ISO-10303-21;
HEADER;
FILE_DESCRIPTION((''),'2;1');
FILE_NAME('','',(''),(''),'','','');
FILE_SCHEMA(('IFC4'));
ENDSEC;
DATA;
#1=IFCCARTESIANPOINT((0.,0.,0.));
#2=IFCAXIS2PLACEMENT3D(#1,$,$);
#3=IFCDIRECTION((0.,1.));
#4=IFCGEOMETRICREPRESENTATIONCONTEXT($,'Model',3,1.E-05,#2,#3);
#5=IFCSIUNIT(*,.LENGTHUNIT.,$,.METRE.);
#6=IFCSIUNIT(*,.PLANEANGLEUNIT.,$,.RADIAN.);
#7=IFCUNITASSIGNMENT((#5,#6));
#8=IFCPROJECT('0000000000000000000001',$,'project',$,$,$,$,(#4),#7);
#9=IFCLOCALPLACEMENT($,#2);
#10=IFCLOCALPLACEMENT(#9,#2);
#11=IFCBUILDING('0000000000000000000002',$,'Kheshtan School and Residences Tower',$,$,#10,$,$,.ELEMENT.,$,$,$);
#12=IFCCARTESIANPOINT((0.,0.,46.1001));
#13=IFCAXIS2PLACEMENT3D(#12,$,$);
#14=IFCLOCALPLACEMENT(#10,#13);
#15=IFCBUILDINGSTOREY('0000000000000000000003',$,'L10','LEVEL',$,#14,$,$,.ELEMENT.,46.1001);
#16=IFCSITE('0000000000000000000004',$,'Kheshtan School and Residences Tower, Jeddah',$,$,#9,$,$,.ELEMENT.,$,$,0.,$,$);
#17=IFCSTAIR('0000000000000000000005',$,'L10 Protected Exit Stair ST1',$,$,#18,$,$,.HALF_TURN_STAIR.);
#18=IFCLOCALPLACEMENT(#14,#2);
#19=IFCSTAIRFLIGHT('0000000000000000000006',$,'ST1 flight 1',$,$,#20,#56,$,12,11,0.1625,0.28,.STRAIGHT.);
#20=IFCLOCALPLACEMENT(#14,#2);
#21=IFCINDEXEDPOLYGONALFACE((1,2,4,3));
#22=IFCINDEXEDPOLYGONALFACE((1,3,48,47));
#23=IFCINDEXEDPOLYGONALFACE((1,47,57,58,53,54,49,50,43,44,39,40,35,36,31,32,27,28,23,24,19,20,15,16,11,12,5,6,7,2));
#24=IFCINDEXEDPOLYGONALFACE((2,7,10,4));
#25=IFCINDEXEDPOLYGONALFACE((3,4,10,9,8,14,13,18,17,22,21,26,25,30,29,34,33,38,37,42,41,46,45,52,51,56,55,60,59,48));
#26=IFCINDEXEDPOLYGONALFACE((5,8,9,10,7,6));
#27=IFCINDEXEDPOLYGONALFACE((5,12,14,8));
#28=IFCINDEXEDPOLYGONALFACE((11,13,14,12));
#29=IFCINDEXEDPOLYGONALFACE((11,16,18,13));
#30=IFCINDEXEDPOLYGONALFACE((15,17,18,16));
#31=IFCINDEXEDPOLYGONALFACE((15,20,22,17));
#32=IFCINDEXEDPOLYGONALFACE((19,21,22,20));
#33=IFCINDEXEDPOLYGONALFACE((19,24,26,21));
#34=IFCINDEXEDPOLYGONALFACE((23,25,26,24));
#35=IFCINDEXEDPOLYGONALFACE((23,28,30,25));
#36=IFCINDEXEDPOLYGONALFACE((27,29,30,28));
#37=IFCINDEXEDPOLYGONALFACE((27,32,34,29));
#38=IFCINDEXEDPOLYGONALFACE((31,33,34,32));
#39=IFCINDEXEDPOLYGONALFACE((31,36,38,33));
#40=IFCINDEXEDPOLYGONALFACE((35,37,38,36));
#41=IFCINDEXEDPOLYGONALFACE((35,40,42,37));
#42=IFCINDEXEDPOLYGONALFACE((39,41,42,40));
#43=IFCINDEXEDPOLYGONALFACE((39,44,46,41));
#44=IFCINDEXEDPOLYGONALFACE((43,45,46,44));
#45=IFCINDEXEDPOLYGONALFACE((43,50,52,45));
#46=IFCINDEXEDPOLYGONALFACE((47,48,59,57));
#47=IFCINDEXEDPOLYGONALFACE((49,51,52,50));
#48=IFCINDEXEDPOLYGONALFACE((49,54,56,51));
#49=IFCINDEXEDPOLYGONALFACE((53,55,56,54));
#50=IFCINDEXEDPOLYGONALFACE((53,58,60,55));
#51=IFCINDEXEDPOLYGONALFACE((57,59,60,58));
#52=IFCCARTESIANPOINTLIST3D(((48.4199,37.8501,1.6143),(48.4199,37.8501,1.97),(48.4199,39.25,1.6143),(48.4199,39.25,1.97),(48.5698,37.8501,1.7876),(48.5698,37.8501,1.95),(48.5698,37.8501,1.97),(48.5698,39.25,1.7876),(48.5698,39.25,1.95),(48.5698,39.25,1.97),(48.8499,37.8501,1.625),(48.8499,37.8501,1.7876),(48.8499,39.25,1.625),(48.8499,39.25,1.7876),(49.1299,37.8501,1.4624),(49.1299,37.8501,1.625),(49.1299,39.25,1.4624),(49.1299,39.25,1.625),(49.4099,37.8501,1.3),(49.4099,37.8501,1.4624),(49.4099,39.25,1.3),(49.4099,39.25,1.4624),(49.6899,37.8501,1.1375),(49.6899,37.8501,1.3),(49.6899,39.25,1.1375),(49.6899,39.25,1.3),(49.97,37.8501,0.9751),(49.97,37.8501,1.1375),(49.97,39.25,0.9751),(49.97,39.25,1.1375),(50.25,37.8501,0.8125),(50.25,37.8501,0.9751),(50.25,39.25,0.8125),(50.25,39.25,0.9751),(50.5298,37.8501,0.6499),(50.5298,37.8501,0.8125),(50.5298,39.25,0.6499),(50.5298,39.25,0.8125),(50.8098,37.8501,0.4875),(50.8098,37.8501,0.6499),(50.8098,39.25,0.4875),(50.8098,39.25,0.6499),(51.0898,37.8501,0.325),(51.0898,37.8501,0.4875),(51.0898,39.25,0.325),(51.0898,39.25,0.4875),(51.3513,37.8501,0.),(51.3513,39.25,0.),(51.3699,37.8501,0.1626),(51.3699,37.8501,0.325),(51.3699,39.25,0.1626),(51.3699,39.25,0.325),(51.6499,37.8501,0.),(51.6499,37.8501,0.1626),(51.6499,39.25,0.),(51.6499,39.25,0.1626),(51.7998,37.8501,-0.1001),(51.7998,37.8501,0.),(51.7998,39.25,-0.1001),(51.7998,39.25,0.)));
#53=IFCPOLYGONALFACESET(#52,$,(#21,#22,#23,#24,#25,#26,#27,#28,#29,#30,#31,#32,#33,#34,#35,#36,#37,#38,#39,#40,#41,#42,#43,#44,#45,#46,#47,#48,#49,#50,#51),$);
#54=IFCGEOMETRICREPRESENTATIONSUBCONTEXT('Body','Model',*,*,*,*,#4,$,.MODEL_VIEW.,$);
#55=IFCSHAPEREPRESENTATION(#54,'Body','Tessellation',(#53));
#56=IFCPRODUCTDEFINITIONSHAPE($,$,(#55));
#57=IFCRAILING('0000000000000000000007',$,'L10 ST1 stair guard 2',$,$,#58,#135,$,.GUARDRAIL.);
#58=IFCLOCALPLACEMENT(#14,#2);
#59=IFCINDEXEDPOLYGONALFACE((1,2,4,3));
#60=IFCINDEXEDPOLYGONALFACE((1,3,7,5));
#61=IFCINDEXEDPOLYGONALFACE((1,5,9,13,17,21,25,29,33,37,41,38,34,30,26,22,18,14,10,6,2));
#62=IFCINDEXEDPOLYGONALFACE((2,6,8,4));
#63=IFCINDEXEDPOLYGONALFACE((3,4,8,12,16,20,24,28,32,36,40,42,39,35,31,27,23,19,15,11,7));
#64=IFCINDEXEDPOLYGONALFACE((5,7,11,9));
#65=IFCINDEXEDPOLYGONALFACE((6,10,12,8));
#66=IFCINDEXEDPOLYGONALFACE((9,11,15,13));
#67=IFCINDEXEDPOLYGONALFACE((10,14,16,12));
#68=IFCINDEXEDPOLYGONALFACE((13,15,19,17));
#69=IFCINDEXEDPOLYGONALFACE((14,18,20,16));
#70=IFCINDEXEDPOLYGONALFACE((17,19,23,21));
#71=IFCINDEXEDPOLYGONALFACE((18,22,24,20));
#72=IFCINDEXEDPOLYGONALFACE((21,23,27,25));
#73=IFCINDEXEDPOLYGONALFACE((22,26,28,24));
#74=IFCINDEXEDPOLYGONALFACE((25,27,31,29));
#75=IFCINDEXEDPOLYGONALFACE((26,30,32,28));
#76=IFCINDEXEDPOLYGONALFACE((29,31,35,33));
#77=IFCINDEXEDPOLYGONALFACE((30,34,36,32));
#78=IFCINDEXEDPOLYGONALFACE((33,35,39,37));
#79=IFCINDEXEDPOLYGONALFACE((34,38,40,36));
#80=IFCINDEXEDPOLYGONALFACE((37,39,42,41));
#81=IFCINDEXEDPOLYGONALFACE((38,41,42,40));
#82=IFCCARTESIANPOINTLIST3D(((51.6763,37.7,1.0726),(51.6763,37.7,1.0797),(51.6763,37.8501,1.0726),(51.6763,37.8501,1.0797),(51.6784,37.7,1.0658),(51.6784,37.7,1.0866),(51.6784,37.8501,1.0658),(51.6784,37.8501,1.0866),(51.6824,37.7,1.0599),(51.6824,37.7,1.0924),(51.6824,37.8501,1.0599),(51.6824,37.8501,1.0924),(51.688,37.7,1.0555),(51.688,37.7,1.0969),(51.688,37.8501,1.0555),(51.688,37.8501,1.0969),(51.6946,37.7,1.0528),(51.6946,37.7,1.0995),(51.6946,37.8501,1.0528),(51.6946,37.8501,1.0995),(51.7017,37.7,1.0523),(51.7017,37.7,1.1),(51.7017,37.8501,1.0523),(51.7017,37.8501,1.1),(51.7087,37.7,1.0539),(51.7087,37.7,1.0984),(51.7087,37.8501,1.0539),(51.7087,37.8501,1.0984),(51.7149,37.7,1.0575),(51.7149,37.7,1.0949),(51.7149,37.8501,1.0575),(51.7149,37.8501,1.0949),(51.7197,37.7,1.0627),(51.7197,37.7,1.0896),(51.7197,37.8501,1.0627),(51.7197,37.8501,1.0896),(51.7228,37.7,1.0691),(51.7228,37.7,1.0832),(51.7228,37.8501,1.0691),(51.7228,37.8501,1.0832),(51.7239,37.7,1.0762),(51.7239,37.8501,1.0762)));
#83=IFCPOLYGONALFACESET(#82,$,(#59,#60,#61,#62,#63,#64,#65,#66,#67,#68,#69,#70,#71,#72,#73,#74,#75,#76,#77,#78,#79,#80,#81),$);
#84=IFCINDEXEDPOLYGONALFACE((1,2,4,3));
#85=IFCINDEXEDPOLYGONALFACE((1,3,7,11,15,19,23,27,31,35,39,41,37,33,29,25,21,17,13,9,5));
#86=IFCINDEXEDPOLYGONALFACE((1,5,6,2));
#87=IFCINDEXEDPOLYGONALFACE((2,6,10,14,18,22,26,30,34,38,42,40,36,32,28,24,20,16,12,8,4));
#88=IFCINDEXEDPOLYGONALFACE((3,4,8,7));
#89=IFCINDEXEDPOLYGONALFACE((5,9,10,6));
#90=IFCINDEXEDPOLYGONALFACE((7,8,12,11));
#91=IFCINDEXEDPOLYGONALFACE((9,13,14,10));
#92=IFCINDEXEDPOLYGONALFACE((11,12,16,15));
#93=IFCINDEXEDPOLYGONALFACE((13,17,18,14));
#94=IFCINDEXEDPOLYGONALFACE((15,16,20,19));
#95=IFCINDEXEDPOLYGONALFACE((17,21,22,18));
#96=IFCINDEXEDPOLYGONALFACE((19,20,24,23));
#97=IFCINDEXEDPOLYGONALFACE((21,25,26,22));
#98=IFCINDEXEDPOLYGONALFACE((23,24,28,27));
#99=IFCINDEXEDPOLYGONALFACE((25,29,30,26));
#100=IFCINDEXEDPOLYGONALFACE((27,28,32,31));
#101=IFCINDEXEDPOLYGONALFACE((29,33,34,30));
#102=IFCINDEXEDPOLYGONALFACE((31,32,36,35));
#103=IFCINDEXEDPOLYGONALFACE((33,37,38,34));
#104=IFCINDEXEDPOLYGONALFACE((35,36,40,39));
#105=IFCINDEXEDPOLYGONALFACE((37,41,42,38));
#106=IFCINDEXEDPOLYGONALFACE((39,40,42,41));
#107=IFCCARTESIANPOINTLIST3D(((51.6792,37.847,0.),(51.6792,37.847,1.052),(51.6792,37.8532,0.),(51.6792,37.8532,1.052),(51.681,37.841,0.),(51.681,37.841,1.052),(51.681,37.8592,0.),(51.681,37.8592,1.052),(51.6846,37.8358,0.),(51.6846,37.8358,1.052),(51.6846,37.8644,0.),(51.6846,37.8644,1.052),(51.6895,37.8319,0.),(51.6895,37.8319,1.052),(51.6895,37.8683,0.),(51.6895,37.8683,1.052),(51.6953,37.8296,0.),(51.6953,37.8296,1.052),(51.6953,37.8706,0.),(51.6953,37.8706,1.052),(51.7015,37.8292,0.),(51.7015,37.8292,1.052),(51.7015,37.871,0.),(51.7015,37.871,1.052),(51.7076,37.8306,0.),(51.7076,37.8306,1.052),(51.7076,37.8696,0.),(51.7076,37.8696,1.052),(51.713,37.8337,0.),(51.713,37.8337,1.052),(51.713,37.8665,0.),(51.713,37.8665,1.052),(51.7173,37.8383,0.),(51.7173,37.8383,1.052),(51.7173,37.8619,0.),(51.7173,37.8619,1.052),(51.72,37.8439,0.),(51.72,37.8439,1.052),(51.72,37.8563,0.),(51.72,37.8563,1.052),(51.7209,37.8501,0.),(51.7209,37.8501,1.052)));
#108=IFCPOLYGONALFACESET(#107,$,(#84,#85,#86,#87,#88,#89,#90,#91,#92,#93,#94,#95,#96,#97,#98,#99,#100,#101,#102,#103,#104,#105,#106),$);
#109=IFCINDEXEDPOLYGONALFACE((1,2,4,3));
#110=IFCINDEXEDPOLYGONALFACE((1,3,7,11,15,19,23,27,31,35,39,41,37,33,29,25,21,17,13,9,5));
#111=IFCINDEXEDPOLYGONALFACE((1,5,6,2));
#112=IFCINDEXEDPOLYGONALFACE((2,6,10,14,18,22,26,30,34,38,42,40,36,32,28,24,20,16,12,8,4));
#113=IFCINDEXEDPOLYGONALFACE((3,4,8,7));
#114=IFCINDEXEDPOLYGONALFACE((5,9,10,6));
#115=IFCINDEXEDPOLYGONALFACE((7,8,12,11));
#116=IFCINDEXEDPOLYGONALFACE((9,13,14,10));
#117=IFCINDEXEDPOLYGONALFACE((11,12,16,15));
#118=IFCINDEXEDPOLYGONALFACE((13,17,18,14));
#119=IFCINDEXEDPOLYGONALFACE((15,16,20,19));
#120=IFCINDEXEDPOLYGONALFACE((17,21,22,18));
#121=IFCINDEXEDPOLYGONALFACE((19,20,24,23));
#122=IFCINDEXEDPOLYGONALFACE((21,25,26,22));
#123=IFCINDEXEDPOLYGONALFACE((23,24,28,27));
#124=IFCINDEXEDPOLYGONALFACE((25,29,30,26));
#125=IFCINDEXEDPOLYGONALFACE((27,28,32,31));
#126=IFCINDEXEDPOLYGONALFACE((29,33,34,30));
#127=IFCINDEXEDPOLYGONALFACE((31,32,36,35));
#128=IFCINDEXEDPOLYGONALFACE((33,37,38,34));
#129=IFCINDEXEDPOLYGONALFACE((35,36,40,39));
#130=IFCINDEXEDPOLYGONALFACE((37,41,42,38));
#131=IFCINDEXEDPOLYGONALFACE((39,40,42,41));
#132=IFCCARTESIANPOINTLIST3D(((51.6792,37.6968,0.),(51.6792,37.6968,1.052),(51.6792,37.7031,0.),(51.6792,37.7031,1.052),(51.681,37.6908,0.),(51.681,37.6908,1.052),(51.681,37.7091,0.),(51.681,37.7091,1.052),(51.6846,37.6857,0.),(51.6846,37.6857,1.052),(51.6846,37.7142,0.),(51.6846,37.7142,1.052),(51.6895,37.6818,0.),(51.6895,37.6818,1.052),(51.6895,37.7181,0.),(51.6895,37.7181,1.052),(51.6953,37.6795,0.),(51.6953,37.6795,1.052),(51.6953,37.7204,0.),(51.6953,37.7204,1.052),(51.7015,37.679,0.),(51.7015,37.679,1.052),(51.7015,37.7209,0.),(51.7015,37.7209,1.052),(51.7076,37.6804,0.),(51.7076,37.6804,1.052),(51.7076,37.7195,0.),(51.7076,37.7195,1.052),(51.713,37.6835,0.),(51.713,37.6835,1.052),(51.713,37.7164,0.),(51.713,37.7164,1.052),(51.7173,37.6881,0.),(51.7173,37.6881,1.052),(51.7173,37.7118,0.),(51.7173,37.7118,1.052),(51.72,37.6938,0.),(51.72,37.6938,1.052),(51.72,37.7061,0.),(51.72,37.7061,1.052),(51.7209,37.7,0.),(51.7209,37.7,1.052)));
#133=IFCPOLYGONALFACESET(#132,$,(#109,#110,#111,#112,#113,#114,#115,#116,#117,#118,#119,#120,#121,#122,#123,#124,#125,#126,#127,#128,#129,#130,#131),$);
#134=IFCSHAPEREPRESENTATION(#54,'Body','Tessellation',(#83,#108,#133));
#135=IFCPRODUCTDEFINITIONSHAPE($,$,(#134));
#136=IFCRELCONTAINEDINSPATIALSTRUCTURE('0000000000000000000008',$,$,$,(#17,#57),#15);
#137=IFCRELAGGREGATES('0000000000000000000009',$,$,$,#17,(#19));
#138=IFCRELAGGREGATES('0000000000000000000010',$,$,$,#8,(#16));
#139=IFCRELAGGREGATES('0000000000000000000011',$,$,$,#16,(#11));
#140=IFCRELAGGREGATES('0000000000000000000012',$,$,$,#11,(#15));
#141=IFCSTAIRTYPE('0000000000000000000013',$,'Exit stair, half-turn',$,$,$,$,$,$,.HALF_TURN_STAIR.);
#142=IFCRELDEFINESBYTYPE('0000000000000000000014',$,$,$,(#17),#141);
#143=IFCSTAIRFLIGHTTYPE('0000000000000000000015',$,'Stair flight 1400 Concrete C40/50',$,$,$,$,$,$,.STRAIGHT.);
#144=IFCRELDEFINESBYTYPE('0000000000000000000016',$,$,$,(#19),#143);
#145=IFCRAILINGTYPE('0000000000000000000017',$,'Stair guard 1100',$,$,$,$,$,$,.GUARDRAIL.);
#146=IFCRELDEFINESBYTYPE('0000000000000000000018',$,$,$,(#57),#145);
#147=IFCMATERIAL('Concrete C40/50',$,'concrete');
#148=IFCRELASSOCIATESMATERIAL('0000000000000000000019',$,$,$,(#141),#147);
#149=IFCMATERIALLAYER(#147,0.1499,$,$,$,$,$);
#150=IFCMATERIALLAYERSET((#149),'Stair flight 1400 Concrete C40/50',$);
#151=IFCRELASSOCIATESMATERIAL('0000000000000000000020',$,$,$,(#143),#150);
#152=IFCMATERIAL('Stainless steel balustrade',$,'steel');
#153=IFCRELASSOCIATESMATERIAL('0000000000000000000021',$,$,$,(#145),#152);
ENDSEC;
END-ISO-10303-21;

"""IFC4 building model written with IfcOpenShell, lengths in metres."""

from ifc_helpers import new_model, si_unit, direction, frame, origin, origin_2d, place, context, subcontext, project, spatial, polyline, circle, outline, extrude, material, layer, layer_set, type_object, element, aggregate, save


model = new_model("IFC4")

# Units and contexts
model_context = context("Model", 3, precision=1e-05, world=origin(), true_north=direction((0.0, 1.0)))
body_context = subcontext(model_context, "Body", "Model", "MODEL_VIEW")
ifc_project = project(units=[si_unit("LENGTHUNIT", "METRE"), si_unit("PLANEANGLEUNIT", "RADIAN")], contexts=[model_context])

# Site, building, storey
site_placement = place(None, origin())
site = spatial("IfcSite", under=ifc_project, at=site_placement, Name="Kheshtan School and Residences Tower, Jeddah", CompositionType="ELEMENT", RefElevation=0.0)
building_placement = place(site_placement, origin())
building = spatial("IfcBuilding", under=site, at=building_placement, Name="Kheshtan School and Residences Tower", CompositionType="ELEMENT")
storey_placement = place(building_placement, frame((0.0, 0.0, 46.1001)))
storey = spatial("IfcBuildingStorey", under=building, at=storey_placement, Name="L10", Description="LEVEL", CompositionType="ELEMENT", Elevation=46.1001)

# Shared definitions
ifc_material_1 = material(Name="Concrete C40/50", Category="concrete")

# Stair, stair flight
stair_type = type_object("IfcStairType", Name="Exit stair, half-turn", PredefinedType="HALF_TURN_STAIR", material=ifc_material_1)
stair_placement = place(storey_placement, origin())
stair = element("IfcStair", 1, at=stair_placement, inside=storey, type_object=stair_type, Name="L10 Protected Exit Stair ST1", PredefinedType="HALF_TURN_STAIR")
ifc_layer_1 = layer(ifc_material_1, 0.1499)
ifc_layer_set_1 = layer_set([ifc_layer_1], Name="Stair flight 1400 Concrete C40/50")
stair_flight_type = type_object("IfcStairFlightType", Name="Stair flight 1400 Concrete C40/50", PredefinedType="STRAIGHT", material=ifc_layer_set_1)
stair_flight_placement = place(storey_placement, frame((51.6499, 38.55, 0.0), z_axis=(0.0, 0.0, 1.0), x_axis=(-1.0, 0.0, 0.0)))
stair_flight = element("IfcStairFlight", 2, at=stair_flight_placement, type_object=stair_flight_type, Name="ST1 flight 1", NumberOfRisers=12, NumberOfTreads=11, PredefinedType="STRAIGHT", RiserHeight=0.1625, TreadLength=0.28, context=body_context, shape_type="SweptSolid", body=[
    extrude(outline(polyline([(-0.1499, -0.1001), (-0.1499, 0.0), (0.0, 0.0), (0.0, 0.1626), (0.28, 0.1626), (0.28, 0.325), (0.5601, 0.325), (0.5601, 0.4875), (0.8401, 0.4875), (0.8401, 0.6499), (1.1201, 0.6499), (1.1201, 0.8125), (1.3999, 0.8125), (1.3999, 0.9751), (1.6799, 0.9751), (1.6799, 1.1375), (1.96, 1.1375), (1.96, 1.3), (2.24, 1.3), (2.24, 1.4624), (2.52, 1.4624), (2.52, 1.625), (2.8, 1.625), (2.8, 1.7876), (3.0801, 1.7876), (3.0801, 1.95), (3.0801, 1.97), (3.23, 1.97), (3.23, 1.6143), (0.2986, 0.0), (-0.1499, -0.1001)])), frame((0.0, 0.7, 0.0), z_axis=(0.0, -1.0, 0.0), x_axis=(1.0, 0.0, 0.0)), (0.0, 0.0, 1.0), 1.3999),
])
aggregate(stair, [stair_flight])

# Railing
ifc_material_2 = material(Name="Stainless steel balustrade", Category="steel")
railing_type_1 = type_object("IfcRailingType", Name="Stair guard 1100", PredefinedType="GUARDRAIL", material=ifc_material_2)
railing_1_placement = place(storey_placement, frame((51.7, 37.8501, 0.0)))
element("IfcRailing", 3, at=railing_1_placement, inside=storey, type_object=railing_type_1, Name="L10 ST1 stair guard 2", PredefinedType="GUARDRAIL", context=body_context, shape_type="SweptSolid", body=[
    extrude(circle(Radius=0.0239, at=origin_2d()), frame((0.0, 0.0, 1.0762), z_axis=(0.0, -1.0, 0.0), x_axis=(1.0, 0.0, 0.0)), (0.0, 0.0, 1.0), 0.1501),
    extrude(circle(Radius=0.021, at=origin_2d()), origin(), (0.0, 0.0, 1.0), 1.052),
    extrude(circle(Radius=0.021, at=origin_2d()), frame((0.0, -0.1501, 0.0)), (0.0, 0.0, 1.0), 1.052),
])

save(model, "model.ifc")
